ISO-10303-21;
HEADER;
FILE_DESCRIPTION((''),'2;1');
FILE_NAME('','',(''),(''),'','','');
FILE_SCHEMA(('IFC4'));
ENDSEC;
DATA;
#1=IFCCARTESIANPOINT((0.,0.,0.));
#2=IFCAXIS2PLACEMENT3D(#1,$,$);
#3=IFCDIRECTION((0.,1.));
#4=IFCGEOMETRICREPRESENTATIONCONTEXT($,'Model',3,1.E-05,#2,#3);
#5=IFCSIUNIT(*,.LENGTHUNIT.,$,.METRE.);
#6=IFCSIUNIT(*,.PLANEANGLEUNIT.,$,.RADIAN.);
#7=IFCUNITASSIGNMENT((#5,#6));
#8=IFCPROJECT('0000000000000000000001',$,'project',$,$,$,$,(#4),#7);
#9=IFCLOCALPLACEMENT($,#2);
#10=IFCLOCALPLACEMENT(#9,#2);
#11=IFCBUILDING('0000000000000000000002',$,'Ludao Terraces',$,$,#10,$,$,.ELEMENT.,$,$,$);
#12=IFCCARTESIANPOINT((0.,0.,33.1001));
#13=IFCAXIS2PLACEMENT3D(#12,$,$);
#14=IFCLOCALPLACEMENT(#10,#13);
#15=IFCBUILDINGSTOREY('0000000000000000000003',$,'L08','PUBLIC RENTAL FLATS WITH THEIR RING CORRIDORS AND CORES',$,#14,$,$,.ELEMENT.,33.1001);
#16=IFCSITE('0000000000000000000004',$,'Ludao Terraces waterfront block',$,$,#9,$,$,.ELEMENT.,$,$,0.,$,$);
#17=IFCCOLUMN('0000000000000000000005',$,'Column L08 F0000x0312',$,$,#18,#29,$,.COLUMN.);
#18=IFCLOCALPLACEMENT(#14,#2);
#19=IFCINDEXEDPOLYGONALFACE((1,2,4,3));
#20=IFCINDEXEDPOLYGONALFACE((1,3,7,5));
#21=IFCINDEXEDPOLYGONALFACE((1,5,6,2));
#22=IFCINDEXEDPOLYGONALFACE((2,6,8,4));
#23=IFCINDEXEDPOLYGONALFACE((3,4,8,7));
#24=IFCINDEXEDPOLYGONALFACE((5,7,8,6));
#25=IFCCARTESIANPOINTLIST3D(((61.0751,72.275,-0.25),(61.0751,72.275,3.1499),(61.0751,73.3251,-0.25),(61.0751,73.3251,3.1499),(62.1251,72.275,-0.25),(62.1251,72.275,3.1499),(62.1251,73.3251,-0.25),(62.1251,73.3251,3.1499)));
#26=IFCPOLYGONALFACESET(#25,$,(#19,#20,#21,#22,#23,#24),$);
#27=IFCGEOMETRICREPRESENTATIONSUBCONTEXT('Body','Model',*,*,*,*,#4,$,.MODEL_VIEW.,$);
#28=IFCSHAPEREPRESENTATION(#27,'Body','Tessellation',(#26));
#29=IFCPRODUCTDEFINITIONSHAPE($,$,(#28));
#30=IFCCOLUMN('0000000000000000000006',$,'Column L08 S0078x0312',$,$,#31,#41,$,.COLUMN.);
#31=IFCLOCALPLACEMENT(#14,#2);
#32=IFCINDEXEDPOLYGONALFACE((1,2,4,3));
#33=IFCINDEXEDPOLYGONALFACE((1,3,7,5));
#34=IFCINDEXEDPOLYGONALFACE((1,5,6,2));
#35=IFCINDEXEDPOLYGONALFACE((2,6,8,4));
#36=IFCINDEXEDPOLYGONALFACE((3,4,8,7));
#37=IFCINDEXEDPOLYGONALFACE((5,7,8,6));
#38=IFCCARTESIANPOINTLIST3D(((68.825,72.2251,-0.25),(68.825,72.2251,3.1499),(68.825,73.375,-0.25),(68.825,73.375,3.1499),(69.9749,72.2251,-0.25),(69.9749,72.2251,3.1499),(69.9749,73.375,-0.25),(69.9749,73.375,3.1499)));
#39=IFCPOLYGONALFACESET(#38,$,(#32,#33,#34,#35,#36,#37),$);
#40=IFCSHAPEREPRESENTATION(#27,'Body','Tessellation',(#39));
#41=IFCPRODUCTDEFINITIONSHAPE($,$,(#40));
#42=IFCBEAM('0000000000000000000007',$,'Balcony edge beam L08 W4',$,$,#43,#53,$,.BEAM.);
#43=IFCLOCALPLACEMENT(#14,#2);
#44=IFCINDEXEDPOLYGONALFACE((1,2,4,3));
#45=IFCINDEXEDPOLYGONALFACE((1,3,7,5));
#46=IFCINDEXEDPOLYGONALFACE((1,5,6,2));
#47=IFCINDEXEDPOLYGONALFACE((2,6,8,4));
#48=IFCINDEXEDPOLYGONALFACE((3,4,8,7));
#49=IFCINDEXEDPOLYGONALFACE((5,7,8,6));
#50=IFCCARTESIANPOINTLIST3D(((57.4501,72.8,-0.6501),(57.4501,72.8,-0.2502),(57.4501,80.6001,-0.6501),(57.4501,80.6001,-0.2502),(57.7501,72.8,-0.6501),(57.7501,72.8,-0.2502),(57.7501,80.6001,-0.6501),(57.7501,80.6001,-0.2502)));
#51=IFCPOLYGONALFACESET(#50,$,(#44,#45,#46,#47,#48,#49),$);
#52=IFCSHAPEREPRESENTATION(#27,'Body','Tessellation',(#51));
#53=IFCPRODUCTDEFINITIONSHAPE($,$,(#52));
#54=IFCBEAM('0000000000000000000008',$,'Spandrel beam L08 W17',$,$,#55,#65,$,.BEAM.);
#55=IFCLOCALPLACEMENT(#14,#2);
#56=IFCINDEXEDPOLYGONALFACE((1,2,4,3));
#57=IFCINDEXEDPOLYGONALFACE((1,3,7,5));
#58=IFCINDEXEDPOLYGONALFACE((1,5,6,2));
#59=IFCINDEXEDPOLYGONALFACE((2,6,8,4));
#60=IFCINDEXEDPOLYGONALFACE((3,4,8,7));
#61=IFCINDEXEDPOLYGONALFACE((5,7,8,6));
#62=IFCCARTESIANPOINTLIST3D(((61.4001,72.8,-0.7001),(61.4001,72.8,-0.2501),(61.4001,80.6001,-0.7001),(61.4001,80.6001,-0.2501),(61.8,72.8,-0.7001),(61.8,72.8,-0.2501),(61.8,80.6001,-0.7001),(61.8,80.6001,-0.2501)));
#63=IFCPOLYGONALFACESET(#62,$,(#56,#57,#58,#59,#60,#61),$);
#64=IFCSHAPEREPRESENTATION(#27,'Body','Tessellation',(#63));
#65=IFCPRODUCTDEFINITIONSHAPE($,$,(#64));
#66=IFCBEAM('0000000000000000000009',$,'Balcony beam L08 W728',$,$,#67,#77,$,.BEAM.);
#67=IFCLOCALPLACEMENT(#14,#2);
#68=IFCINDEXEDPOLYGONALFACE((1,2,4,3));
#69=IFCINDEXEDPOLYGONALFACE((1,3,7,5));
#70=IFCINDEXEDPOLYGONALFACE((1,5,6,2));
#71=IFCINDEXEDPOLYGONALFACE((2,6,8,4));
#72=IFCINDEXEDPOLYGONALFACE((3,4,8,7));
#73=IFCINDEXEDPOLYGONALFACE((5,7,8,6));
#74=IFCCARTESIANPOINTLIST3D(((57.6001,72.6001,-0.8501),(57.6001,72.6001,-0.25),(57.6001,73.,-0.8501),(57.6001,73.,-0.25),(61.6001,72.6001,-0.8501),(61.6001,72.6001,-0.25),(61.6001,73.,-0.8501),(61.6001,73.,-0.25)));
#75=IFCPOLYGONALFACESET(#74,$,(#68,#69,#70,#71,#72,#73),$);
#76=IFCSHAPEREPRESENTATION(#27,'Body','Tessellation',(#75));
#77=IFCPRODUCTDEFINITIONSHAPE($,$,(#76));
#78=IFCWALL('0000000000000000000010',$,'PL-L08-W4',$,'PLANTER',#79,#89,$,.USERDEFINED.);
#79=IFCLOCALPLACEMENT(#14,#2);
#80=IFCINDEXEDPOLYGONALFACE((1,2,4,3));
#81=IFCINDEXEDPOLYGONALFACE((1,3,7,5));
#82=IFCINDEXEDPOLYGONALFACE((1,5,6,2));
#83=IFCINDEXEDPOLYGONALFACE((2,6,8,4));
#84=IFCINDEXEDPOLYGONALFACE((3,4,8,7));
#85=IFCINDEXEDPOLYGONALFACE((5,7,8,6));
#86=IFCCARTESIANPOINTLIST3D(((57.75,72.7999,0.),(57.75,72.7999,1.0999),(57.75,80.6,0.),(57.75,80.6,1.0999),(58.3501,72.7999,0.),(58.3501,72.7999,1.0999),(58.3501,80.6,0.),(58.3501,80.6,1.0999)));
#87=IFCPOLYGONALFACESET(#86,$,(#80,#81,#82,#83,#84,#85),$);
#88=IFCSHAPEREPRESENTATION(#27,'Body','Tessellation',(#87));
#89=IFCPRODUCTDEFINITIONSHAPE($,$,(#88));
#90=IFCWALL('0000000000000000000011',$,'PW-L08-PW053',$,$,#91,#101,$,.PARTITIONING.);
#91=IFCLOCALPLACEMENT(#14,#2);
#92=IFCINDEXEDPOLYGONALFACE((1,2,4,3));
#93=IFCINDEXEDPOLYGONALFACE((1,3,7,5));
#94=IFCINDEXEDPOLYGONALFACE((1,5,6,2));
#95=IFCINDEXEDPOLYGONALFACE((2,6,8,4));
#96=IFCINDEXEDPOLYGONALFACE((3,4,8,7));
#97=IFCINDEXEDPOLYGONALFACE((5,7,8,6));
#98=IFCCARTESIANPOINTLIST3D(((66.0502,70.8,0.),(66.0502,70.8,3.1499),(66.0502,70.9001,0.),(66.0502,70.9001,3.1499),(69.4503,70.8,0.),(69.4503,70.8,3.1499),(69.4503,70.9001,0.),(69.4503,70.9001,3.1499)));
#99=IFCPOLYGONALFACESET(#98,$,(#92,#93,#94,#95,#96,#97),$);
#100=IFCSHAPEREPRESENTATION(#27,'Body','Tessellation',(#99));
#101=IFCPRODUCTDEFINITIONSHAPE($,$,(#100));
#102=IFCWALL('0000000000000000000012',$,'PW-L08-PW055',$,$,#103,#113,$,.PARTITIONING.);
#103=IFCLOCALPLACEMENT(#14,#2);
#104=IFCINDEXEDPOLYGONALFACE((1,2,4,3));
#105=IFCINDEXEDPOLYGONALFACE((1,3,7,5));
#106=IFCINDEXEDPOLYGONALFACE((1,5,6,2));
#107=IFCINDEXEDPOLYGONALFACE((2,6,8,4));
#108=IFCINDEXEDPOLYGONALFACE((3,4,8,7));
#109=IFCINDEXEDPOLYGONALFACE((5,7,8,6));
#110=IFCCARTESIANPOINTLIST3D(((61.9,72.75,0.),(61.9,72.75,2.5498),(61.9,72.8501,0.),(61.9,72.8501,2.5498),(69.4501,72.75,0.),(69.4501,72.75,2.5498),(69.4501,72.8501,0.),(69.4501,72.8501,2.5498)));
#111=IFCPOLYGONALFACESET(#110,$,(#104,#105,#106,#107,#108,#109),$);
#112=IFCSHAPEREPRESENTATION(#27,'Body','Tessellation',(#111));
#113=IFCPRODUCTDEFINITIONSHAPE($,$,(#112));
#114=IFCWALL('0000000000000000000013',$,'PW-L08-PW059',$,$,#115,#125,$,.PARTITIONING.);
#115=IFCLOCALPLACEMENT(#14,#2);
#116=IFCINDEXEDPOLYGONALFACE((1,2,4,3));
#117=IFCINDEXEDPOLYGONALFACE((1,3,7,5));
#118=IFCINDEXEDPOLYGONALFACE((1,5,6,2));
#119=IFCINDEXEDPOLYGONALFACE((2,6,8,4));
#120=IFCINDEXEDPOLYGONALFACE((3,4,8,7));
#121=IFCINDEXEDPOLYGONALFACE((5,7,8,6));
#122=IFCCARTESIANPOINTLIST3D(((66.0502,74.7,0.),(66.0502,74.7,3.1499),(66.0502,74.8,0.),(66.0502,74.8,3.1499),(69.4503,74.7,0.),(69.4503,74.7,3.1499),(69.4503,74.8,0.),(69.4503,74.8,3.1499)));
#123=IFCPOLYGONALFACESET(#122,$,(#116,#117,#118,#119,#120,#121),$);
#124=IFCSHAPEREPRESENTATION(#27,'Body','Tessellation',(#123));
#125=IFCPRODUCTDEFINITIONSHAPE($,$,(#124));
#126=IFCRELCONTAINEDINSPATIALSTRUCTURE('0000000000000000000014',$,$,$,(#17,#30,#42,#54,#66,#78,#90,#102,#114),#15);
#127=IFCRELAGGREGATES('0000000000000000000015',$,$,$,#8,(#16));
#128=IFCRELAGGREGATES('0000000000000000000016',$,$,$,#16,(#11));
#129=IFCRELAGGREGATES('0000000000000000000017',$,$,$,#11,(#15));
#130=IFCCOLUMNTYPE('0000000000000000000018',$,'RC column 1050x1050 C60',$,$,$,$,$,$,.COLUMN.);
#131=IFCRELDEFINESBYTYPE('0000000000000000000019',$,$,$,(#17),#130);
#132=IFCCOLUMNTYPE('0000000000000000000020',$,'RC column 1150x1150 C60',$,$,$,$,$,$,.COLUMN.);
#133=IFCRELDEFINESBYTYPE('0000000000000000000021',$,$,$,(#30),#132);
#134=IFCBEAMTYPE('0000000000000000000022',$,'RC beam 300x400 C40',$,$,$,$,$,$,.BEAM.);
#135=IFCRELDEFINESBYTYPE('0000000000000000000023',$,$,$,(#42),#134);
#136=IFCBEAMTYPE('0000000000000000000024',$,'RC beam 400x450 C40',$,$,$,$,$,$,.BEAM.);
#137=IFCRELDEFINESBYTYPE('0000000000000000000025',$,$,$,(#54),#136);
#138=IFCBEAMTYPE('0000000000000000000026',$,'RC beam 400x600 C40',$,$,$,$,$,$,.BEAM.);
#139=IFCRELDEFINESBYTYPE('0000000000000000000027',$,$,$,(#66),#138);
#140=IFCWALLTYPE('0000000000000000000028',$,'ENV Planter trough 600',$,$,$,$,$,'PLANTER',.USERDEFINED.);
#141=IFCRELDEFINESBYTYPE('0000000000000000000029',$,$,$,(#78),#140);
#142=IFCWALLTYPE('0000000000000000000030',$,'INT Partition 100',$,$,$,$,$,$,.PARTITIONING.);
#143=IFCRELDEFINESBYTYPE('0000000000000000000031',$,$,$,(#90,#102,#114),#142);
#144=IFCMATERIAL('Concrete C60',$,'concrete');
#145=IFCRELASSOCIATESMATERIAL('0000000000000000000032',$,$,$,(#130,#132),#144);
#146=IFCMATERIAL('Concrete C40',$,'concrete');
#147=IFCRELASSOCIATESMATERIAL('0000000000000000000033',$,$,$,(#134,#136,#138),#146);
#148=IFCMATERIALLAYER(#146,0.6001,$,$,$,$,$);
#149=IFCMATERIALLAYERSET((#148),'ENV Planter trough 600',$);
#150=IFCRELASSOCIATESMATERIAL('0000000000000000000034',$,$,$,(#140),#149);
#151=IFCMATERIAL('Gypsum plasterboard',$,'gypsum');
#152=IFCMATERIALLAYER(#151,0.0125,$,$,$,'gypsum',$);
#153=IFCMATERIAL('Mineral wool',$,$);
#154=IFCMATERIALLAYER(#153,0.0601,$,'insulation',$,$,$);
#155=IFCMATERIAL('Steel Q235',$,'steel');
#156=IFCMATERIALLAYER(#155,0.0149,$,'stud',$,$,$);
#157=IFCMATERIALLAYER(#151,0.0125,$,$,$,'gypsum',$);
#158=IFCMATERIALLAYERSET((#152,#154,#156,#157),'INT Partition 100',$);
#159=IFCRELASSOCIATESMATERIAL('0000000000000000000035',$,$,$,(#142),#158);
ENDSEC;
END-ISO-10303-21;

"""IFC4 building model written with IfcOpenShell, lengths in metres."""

from ifc_helpers import new_model, si_unit, direction, frame, frame_2d, origin, origin_2d, place, context, subcontext, project, spatial, rectangle, extrude, material, layer, layer_set, material_profile, profile_set, type_object, element, save


model = new_model("IFC4")

# Units and contexts
model_context = context("Model", 3, precision=1e-05, world=origin(), true_north=direction((0.0, 1.0)))
body_context = subcontext(model_context, "Body", "Model", "MODEL_VIEW")
ifc_project = project(units=[si_unit("LENGTHUNIT", "METRE"), si_unit("PLANEANGLEUNIT", "RADIAN")], contexts=[model_context])

# Site, building, storey
site_placement = place(None, origin())
site = spatial("IfcSite", under=ifc_project, at=site_placement, Name="Ludao Terraces waterfront block", CompositionType="ELEMENT", RefElevation=0.0)
building_placement = place(site_placement, origin())
building = spatial("IfcBuilding", under=site, at=building_placement, Name="Ludao Terraces", CompositionType="ELEMENT")
storey_placement = place(building_placement, frame((0.0, 0.0, 33.1001)))
storey = spatial("IfcBuildingStorey", under=building, at=storey_placement, Name="L08", Description="PUBLIC RENTAL FLATS WITH THEIR RING CORRIDORS AND CORES", CompositionType="ELEMENT", Elevation=33.1001)

# Columns
ifc_material_1 = material(Name="Concrete C60", Category="concrete")
ifc_material_profile_1 = material_profile(ifc_material_1, rectangle(XDim=1.05, YDim=1.05, at=origin_2d()), Name="1050 X 1050")
ifc_profile_set_1 = profile_set([ifc_material_profile_1], Name="Concrete C60")
column_type_1 = type_object("IfcColumnType", Name="RC column 1050x1050 C60", PredefinedType="COLUMN", material=ifc_profile_set_1)
column_1_placement = place(storey_placement, frame((61.6001, 72.8, -0.25), z_axis=(0.0, 0.0, 1.0), x_axis=(1.0, 0.0, 0.0)))
element("IfcColumn", 1, at=column_1_placement, inside=storey, type_object=column_type_1, Name="Column L08 F0000x0312", PredefinedType="COLUMN", context=body_context, shape_type="SweptSolid", body=[
    extrude(rectangle(XDim=1.05, YDim=1.05, at=origin_2d()), origin(), (0.0, 0.0, 1.0), 3.3999),
])
ifc_material_profile_2 = material_profile(ifc_material_1, rectangle(XDim=1.1499, YDim=1.1499, at=origin_2d()), Name="1150 X 1150")
ifc_profile_set_2 = profile_set([ifc_material_profile_2], Name="Concrete C60")
column_type_2 = type_object("IfcColumnType", Name="RC column 1150x1150 C60", PredefinedType="COLUMN", material=ifc_profile_set_2)
column_2_placement = place(storey_placement, frame((69.3999, 72.8, -0.25), z_axis=(0.0, 0.0, 1.0), x_axis=(1.0, 0.0, 0.0)))
element("IfcColumn", 2, at=column_2_placement, inside=storey, type_object=column_type_2, Name="Column L08 S0078x0312", PredefinedType="COLUMN", context=body_context, shape_type="SweptSolid", body=[
    extrude(rectangle(XDim=1.1499, YDim=1.1499, at=origin_2d()), origin(), (0.0, 0.0, 1.0), 3.3999),
])

# Beams
ifc_material_2 = material(Name="Concrete C40", Category="concrete")
ifc_material_profile_3 = material_profile(ifc_material_2, rectangle(XDim=0.3, YDim=0.3999, at=origin_2d()), Name="300 X 400")
ifc_profile_set_3 = profile_set([ifc_material_profile_3], Name="Concrete C40")
beam_type_1 = type_object("IfcBeamType", Name="RC beam 300x400 C40", PredefinedType="BEAM", material=ifc_profile_set_3)
beam_1_placement = place(storey_placement, frame((57.6001, 72.8, -0.4502), z_axis=(0.0, 1.0, 0.0), x_axis=(-1.0, 0.0, 0.0)))
element("IfcBeam", 3, at=beam_1_placement, inside=storey, type_object=beam_type_1, Name="Balcony edge beam L08 W4", PredefinedType="BEAM", context=body_context, shape_type="SweptSolid", body=[
    extrude(rectangle(XDim=0.3, YDim=0.3999, at=origin_2d()), origin(), (0.0, 0.0, 1.0), 7.8),
])
ifc_material_profile_4 = material_profile(ifc_material_2, rectangle(XDim=0.3999, YDim=0.45, at=origin_2d()), Name="400 X 450")
ifc_profile_set_4 = profile_set([ifc_material_profile_4], Name="Concrete C40")
beam_type_2 = type_object("IfcBeamType", Name="RC beam 400x450 C40", PredefinedType="BEAM", material=ifc_profile_set_4)
beam_2_placement = place(storey_placement, frame((61.6001, 72.8, -0.4751), z_axis=(0.0, 1.0, 0.0), x_axis=(-1.0, 0.0, 0.0)))
element("IfcBeam", 4, at=beam_2_placement, inside=storey, type_object=beam_type_2, Name="Spandrel beam L08 W17", PredefinedType="BEAM", context=body_context, shape_type="SweptSolid", body=[
    extrude(rectangle(XDim=0.3999, YDim=0.45, at=origin_2d()), origin(), (0.0, 0.0, 1.0), 7.8),
])
ifc_material_profile_5 = material_profile(ifc_material_2, rectangle(XDim=0.3999, YDim=0.6001, at=origin_2d()), Name="400 X 600")
ifc_profile_set_5 = profile_set([ifc_material_profile_5], Name="Concrete C40")
beam_type_3 = type_object("IfcBeamType", Name="RC beam 400x600 C40", PredefinedType="BEAM", material=ifc_profile_set_5)
beam_3_placement = place(storey_placement, frame((61.6001, 72.8, -0.55), z_axis=(-1.0, 0.0, 0.0), x_axis=(0.0, -1.0, 0.0)))
element("IfcBeam", 5, at=beam_3_placement, inside=storey, type_object=beam_type_3, Name="Balcony beam L08 W728", PredefinedType="BEAM", context=body_context, shape_type="SweptSolid", body=[
    extrude(rectangle(XDim=0.3999, YDim=0.6001, at=origin_2d()), origin(), (0.0, 0.0, 1.0), 4.0),
])

# Wall
ifc_layer_1 = layer(ifc_material_2, 0.6001)
ifc_layer_set_1 = layer_set([ifc_layer_1], Name="ENV Planter trough 600")
wall_type_1 = type_object("IfcWallType", Name="ENV Planter trough 600", ElementType="PLANTER", PredefinedType="USERDEFINED", material=ifc_layer_set_1)
wall_1_placement = place(storey_placement, frame((58.05, 72.8, 0.0), z_axis=(0.0, 0.0, 1.0), x_axis=(0.0, 1.0, 0.0)))
element("IfcWall", 6, at=wall_1_placement, inside=storey, type_object=wall_type_1, Name="PL-L08-W4", ObjectType="PLANTER", PredefinedType="USERDEFINED", context=body_context, shape_type="SweptSolid", body=[
    extrude(rectangle(XDim=7.8, YDim=0.6001, at=frame_2d((3.8999, 0.0))), origin(), (0.0, 0.0, 1.0), 1.0999),
])

# Shared definitions
ifc_material_3 = material(Name="Mineral wool")

# Walls
ifc_material_4 = material(Name="Gypsum plasterboard", Category="gypsum")
ifc_layer_2 = layer(ifc_material_4, 0.0125, Category="gypsum")
ifc_layer_3 = layer(ifc_material_3, 0.0601, Name="insulation")
ifc_material_5 = material(Name="Steel Q235", Category="steel")
ifc_layer_4 = layer(ifc_material_5, 0.0149, Name="stud")
ifc_layer_5 = layer(ifc_material_4, 0.0125, Category="gypsum")
ifc_layer_set_2 = layer_set([ifc_layer_2, ifc_layer_3, ifc_layer_4, ifc_layer_5], Name="INT Partition 100")
wall_type_2 = type_object("IfcWallType", Name="INT Partition 100", PredefinedType="PARTITIONING", material=ifc_layer_set_2)
wall_2_placement = place(storey_placement, frame((66.05, 70.8501, 0.0), z_axis=(0.0, 0.0, 1.0), x_axis=(1.0, 0.0, 0.0)))
element("IfcWall", 7, at=wall_2_placement, inside=storey, type_object=wall_type_2, Name="PW-L08-PW053", PredefinedType="PARTITIONING", context=body_context, shape_type="SweptSolid", body=[
    extrude(rectangle(XDim=3.4001, YDim=0.1001, at=frame_2d((1.7002, 0.0))), origin(), (0.0, 0.0, 1.0), 3.1499),
])
wall_3_placement = place(storey_placement, frame((61.9001, 72.8, 0.0), z_axis=(0.0, 0.0, 1.0), x_axis=(1.0, 0.0, 0.0)))
element("IfcWall", 8, at=wall_3_placement, inside=storey, type_object=wall_type_2, Name="PW-L08-PW055", PredefinedType="PARTITIONING", context=body_context, shape_type="SweptSolid", body=[
    extrude(rectangle(XDim=7.55, YDim=0.1001, at=frame_2d((3.7749, 0.0))), origin(), (0.0, 0.0, 1.0), 2.5498),
])
wall_4_placement = place(storey_placement, frame((66.05, 74.75, 0.0), z_axis=(0.0, 0.0, 1.0), x_axis=(1.0, 0.0, 0.0)))
element("IfcWall", 9, at=wall_4_placement, inside=storey, type_object=wall_type_2, Name="PW-L08-PW059", PredefinedType="PARTITIONING", context=body_context, shape_type="SweptSolid", body=[
    extrude(rectangle(XDim=3.4001, YDim=0.1001, at=frame_2d((1.7002, 0.0))), origin(), (0.0, 0.0, 1.0), 3.1499),
])

save(model, "model.ifc")
